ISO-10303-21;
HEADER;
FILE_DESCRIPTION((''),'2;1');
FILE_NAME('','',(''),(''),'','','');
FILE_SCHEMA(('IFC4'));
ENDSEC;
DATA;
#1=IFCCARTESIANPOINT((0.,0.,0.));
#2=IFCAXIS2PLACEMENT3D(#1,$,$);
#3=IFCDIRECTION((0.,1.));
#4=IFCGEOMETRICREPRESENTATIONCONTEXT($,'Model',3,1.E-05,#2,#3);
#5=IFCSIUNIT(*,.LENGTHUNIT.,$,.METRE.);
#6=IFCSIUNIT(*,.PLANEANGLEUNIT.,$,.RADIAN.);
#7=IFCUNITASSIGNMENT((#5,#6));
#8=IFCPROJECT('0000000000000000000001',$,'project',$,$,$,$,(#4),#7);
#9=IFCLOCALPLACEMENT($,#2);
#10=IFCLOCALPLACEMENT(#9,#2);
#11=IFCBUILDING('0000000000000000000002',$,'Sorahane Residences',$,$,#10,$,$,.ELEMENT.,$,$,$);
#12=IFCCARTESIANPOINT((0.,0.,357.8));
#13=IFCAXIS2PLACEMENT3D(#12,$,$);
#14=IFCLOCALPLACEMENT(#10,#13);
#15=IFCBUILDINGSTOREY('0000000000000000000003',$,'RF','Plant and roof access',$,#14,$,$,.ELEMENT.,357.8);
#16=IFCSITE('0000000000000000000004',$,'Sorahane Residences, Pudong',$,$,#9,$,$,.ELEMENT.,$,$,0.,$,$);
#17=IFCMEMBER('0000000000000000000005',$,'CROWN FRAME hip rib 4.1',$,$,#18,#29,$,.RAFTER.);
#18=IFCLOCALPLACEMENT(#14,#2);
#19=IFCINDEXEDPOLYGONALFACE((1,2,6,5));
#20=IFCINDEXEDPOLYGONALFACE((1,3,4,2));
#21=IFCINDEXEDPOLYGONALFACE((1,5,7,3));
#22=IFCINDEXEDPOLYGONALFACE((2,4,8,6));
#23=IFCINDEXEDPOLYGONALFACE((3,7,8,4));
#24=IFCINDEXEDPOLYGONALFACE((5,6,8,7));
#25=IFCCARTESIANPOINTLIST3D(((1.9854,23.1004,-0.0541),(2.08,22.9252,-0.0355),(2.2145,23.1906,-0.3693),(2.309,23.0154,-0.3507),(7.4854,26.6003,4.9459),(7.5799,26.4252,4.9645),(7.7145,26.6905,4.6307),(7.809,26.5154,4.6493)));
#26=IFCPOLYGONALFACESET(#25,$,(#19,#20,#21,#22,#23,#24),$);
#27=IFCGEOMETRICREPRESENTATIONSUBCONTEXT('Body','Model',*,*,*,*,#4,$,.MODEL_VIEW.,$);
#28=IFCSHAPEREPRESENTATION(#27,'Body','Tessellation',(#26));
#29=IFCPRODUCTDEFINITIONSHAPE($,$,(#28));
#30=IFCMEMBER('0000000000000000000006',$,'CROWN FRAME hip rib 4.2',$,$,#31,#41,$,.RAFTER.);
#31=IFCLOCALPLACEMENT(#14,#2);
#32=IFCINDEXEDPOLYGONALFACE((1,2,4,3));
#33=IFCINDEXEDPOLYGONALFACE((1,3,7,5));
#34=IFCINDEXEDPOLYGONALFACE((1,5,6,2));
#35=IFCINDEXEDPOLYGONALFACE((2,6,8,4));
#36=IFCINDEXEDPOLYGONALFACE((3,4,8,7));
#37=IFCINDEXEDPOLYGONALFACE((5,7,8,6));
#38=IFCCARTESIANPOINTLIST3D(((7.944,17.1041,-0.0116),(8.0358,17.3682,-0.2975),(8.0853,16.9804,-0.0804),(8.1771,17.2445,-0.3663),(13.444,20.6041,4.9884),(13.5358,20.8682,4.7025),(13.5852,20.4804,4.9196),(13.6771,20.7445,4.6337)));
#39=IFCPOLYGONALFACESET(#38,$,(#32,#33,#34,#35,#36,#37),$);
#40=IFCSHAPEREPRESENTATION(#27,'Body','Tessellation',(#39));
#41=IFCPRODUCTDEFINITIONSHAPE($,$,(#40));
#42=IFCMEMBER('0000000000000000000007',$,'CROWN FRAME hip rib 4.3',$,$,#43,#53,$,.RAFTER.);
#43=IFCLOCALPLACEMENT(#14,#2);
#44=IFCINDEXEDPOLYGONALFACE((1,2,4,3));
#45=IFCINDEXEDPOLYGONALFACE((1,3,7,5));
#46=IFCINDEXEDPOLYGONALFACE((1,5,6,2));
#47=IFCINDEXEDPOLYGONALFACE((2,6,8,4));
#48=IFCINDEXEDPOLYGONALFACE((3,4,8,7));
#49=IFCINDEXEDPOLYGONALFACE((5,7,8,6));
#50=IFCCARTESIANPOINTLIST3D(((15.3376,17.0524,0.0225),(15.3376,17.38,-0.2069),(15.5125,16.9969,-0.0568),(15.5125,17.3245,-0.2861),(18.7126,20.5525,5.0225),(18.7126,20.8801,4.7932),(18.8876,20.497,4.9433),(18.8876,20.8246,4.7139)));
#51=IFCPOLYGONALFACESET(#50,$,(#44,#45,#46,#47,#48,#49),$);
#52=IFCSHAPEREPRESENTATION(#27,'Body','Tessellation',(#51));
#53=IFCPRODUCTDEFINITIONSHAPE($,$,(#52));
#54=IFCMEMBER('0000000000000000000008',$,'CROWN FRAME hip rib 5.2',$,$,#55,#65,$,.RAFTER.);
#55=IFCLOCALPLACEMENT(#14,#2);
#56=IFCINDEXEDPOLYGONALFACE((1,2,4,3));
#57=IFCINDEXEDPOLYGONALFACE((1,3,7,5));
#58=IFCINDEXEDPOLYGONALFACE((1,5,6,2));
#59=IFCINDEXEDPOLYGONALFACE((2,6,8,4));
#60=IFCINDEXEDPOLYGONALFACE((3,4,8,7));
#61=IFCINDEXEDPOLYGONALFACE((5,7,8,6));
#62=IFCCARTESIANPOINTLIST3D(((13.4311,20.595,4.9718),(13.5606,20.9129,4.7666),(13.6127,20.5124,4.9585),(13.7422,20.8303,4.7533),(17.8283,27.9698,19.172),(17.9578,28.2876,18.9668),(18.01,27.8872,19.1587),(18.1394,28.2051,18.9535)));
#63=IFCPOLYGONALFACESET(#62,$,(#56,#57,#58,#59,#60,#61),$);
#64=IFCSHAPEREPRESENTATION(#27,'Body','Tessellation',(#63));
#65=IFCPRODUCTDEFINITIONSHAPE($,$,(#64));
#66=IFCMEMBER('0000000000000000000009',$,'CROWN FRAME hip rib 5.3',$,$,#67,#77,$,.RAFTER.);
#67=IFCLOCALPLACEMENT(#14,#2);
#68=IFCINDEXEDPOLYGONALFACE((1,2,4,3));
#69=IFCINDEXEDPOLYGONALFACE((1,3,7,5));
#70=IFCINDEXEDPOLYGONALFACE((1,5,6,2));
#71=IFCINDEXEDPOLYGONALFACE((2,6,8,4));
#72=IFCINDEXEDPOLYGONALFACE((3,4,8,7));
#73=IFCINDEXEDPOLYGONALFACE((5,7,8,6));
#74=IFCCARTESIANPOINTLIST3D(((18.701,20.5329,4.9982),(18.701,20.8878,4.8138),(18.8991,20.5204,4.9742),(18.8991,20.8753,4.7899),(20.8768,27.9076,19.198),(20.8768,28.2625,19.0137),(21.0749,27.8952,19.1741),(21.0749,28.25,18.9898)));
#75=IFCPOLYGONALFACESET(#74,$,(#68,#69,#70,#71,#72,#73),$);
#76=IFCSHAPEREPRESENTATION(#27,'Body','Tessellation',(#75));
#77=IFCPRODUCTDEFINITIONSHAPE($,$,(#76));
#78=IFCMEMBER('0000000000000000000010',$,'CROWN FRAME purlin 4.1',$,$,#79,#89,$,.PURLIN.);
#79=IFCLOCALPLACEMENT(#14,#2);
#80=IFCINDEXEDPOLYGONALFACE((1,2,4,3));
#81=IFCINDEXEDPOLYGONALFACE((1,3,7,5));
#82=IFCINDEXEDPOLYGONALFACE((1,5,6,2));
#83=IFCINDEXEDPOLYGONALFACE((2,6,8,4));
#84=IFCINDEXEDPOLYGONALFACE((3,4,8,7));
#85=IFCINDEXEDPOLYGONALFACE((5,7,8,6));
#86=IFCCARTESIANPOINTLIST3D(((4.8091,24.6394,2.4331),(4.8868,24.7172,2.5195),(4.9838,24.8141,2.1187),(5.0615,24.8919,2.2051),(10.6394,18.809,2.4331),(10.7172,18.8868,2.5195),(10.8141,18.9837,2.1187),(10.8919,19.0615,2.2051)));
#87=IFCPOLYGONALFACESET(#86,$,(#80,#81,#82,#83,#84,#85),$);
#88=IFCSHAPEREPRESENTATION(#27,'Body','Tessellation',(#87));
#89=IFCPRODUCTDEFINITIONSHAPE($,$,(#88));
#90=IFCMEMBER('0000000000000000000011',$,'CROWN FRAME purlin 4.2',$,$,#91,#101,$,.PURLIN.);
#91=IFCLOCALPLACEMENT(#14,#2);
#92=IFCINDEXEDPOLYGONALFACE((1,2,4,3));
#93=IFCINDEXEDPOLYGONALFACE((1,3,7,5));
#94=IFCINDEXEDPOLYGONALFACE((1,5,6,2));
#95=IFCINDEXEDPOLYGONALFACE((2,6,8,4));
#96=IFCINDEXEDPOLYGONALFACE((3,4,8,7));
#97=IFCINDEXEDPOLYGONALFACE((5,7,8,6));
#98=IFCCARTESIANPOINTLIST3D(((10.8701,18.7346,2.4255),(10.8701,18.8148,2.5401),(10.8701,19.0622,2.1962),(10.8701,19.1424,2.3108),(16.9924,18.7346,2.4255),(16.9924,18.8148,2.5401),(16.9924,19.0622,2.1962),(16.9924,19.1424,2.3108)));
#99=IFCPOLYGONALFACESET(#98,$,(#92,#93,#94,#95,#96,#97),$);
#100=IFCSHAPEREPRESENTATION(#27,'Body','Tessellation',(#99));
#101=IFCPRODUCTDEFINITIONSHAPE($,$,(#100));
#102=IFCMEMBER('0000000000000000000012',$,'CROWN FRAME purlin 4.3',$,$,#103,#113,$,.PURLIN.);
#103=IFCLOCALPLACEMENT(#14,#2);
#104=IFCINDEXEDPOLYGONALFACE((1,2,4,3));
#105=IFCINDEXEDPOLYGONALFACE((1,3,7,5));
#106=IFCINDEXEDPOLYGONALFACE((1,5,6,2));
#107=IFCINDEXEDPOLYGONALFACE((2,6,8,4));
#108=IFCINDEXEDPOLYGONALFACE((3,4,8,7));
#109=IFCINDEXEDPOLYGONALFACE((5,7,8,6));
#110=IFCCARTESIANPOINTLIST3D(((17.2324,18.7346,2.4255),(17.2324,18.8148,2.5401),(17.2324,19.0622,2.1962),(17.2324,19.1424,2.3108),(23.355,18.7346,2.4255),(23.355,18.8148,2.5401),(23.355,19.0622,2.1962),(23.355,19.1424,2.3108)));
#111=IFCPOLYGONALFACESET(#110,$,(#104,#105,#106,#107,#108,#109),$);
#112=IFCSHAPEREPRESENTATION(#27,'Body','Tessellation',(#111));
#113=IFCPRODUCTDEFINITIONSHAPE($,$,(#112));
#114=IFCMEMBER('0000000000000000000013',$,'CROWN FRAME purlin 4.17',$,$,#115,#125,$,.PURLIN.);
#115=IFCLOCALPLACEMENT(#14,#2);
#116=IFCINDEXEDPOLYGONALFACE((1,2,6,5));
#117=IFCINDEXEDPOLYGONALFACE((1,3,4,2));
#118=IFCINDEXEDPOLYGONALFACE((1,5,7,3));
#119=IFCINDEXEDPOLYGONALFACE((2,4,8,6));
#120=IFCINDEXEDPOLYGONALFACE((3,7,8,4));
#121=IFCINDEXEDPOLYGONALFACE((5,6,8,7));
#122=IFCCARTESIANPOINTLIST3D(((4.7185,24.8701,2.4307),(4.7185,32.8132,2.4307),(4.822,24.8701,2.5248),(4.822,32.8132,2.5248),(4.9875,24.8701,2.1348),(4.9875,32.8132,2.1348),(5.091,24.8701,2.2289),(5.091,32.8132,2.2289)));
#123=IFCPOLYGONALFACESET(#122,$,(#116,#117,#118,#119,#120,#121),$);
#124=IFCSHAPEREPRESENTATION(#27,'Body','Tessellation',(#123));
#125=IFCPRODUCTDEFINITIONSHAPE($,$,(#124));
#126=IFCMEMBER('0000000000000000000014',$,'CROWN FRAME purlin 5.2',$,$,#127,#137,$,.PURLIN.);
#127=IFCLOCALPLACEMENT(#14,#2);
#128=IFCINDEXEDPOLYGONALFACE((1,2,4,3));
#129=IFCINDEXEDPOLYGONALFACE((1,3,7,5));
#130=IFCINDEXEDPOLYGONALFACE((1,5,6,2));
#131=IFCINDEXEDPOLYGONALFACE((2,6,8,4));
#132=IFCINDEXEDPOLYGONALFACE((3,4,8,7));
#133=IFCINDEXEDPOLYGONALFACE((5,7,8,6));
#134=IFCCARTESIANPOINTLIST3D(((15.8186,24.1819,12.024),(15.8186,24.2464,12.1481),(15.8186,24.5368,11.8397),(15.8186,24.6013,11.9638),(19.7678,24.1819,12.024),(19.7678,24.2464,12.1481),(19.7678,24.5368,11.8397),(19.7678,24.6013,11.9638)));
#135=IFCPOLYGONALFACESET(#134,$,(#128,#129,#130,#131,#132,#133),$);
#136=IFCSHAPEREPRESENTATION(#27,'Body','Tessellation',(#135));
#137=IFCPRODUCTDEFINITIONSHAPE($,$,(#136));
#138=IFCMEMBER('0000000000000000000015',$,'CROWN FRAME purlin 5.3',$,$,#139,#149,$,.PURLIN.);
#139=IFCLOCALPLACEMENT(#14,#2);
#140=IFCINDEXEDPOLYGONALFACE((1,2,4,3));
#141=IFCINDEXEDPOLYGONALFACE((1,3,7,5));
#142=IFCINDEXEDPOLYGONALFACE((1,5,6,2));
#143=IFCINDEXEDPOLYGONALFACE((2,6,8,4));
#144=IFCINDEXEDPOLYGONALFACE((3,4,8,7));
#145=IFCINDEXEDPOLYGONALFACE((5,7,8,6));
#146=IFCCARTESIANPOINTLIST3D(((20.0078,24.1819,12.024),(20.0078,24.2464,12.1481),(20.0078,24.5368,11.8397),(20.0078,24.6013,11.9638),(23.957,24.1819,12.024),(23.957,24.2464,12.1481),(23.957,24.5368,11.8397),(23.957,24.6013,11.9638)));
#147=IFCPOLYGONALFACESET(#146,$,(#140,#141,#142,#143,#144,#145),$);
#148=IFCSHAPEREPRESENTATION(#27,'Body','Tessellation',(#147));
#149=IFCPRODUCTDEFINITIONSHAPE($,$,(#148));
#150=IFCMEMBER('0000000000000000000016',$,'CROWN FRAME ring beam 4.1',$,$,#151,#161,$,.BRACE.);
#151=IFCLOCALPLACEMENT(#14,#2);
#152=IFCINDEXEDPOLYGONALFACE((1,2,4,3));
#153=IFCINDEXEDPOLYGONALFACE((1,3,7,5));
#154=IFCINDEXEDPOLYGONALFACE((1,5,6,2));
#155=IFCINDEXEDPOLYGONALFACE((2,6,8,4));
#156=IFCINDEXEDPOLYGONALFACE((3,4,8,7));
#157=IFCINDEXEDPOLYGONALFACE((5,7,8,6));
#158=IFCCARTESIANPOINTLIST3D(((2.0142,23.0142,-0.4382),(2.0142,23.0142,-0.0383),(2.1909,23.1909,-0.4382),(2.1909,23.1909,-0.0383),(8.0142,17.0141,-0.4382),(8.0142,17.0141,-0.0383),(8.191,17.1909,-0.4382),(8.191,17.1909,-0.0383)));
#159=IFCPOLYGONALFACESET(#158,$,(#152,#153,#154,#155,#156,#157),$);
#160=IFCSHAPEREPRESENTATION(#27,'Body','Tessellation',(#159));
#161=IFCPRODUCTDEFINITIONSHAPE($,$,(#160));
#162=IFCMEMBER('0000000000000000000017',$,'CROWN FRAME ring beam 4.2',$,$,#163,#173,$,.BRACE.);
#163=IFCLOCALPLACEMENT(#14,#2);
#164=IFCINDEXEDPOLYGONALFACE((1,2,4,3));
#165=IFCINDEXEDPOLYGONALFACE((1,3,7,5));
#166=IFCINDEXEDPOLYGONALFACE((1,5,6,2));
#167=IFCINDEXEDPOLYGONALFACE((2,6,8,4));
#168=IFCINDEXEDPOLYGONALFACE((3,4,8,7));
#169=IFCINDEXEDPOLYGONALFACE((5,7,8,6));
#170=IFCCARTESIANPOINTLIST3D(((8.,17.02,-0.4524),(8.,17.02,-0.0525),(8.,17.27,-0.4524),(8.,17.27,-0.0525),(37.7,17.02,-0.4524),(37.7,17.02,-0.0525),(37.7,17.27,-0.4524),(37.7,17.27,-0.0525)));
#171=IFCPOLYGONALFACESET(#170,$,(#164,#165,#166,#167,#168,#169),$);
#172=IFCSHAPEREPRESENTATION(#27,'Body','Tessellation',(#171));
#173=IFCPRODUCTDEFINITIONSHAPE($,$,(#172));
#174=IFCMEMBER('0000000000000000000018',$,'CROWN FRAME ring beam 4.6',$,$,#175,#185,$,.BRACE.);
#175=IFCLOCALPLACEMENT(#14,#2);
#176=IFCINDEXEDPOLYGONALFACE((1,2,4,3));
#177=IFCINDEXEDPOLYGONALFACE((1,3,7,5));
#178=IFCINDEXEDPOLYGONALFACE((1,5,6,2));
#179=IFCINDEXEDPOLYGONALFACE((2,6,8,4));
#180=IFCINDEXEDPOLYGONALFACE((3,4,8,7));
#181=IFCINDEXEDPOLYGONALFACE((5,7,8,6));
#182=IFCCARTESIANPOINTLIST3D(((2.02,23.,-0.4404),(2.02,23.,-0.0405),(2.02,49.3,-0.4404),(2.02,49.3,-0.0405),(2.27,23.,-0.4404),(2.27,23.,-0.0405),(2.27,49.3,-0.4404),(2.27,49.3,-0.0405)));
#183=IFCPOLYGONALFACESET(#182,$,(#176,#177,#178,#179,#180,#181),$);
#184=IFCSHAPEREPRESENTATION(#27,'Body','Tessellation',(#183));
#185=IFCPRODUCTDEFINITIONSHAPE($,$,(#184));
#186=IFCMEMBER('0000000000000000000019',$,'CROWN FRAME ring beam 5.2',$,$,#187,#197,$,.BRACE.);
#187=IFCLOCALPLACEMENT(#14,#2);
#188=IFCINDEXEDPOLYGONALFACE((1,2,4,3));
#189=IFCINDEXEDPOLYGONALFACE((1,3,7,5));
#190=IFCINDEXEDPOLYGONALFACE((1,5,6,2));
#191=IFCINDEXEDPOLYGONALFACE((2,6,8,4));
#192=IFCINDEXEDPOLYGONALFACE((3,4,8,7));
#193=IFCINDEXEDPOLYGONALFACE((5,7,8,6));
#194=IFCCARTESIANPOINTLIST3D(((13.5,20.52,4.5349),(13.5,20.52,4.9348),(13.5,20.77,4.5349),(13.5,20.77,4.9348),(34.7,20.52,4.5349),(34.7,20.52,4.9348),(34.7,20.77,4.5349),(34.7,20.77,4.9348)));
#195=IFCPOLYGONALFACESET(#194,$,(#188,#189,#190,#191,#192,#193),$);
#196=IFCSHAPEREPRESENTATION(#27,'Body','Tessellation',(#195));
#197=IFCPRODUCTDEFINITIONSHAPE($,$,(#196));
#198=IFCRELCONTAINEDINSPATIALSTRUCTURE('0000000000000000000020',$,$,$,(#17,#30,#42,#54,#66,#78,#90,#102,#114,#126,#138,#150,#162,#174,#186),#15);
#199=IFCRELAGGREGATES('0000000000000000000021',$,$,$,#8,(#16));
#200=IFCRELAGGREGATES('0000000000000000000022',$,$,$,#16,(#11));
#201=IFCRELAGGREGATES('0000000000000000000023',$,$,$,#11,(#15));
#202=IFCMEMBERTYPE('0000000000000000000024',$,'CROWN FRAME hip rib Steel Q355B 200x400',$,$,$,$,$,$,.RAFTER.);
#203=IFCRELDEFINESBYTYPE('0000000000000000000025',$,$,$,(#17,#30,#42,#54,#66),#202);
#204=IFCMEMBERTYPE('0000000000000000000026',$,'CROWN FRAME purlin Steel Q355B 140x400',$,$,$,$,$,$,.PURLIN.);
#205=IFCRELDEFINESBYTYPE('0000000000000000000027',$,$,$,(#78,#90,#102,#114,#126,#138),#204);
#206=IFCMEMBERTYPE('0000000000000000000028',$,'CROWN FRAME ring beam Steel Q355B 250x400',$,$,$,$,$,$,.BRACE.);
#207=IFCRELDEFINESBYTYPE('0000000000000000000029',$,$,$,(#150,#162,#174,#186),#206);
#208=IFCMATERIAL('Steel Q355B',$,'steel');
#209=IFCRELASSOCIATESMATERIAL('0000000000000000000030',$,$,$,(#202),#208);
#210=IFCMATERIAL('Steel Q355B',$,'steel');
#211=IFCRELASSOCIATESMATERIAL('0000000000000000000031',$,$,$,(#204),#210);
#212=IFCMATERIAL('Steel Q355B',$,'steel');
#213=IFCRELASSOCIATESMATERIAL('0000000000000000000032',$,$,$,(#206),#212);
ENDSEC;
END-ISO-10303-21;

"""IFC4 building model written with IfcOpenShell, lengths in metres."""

from ifc_helpers import new_model, si_unit, direction, frame, origin, origin_2d, place, context, subcontext, project, spatial, rectangle, extrude, material, material_profile, profile_set, type_object, element, save


model = new_model("IFC4")

# Units and contexts
model_context = context("Model", 3, precision=1e-05, world=origin(), true_north=direction((0.0, 1.0)))
body_context = subcontext(model_context, "Body", "Model", "MODEL_VIEW")
ifc_project = project(units=[si_unit("LENGTHUNIT", "METRE"), si_unit("PLANEANGLEUNIT", "RADIAN")], contexts=[model_context])

# Site, building, storey
site_placement = place(None, origin())
site = spatial("IfcSite", under=ifc_project, at=site_placement, Name="Sorahane Residences, Pudong", CompositionType="ELEMENT", RefElevation=0.0)
building_placement = place(site_placement, origin())
building = spatial("IfcBuilding", under=site, at=building_placement, Name="Sorahane Residences", CompositionType="ELEMENT")
storey_placement = place(building_placement, frame((0.0, 0.0, 357.8)))
storey = spatial("IfcBuildingStorey", under=building, at=storey_placement, Name="RF", Description="Plant and roof access", CompositionType="ELEMENT", Elevation=357.8)

# Members
ifc_material_1 = material(Name="Steel Q355B", Category="steel")
ifc_material_profile_1 = material_profile(ifc_material_1, rectangle(XDim=0.2, YDim=0.3999, at=origin_2d()), Name="CROWN FRAME hip rib Steel Q355B 200x400")
ifc_profile_set_1 = profile_set([ifc_material_profile_1], Name="Steel Q355B")
member_type_1 = type_object("IfcMemberType", Name="CROWN FRAME hip rib Steel Q355B 200x400", PredefinedType="RAFTER", material=ifc_profile_set_1)
for number, where, z_axis, x_axis, name in (
    (1, (2.1472, 23.0579, -0.2024), (0.669439, 0.426006, 0.608581), (-0.472964, 0.876155, -0.093048), "CROWN FRAME hip rib 4.1"),
    (2, (8.0605, 17.1743, -0.189), (0.669439, 0.426006, 0.608581), (-0.70647, 0.618378, 0.344252), "CROWN FRAME hip rib 4.2"),
):
    element("IfcMember", number, at=place(storey_placement, frame(where, z_axis=z_axis, x_axis=x_axis)), inside=storey, type_object=member_type_1, Name=name, PredefinedType="RAFTER", context=body_context, shape_type="SweptSolid", body=[
        extrude(rectangle(XDim=0.2, YDim=0.3999, at=origin_2d()), origin(), (0.0, 0.0, 1.0), 8.2158),
    ])
member_1_placement = place(storey_placement, frame((15.425, 17.1885, -0.1318), z_axis=(0.483921, 0.501844, 0.71692), x_axis=(-0.875112, 0.27751, 0.396443)))
element("IfcMember", 3, at=member_1_placement, inside=storey, type_object=member_type_1, Name="CROWN FRAME hip rib 4.3", PredefinedType="RAFTER", context=body_context, shape_type="SweptSolid", body=[
    extrude(rectangle(XDim=0.2, YDim=0.3999, at=origin_2d()), origin(), (0.0, 0.0, 1.0), 6.9744),
])
member_2_placement = place(storey_placement, frame((13.5867, 20.7126, 4.8625), z_axis=(0.264985, 0.444417, 0.855731), x_axis=(-0.908259, 0.413053, 0.066735)))
element("IfcMember", 4, at=member_2_placement, inside=storey, type_object=member_type_1, Name="CROWN FRAME hip rib 5.2", PredefinedType="RAFTER", context=body_context, shape_type="SweptSolid", body=[
    extrude(rectangle(XDim=0.2, YDim=0.3999, at=origin_2d()), origin(), (0.0, 0.0, 1.0), 16.5942),
])
member_3_placement = place(storey_placement, frame((18.8, 20.7041, 4.894), z_axis=(0.13474, 0.456696, 0.87936), x_axis=(-0.990881, 0.062101, 0.119575)))
element("IfcMember", 5, at=member_3_placement, inside=storey, type_object=member_type_1, Name="CROWN FRAME hip rib 5.3", PredefinedType="RAFTER", context=body_context, shape_type="SweptSolid", body=[
    extrude(rectangle(XDim=0.2, YDim=0.3999, at=origin_2d()), origin(), (0.0, 0.0, 1.0), 16.1479),
])
ifc_material_2 = material(Name="Steel Q355B", Category="steel")
ifc_material_profile_2 = material_profile(ifc_material_2, rectangle(XDim=0.1399, YDim=0.3999, at=origin_2d()), Name="CROWN FRAME purlin Steel Q355B 140x400")
ifc_profile_set_2 = profile_set([ifc_material_profile_2], Name="Steel Q355B")
member_type_2 = type_object("IfcMemberType", Name="CROWN FRAME purlin Steel Q355B 140x400", PredefinedType="PURLIN", material=ifc_profile_set_2)
member_4_placement = place(storey_placement, frame((4.9353, 24.7656, 2.3191), z_axis=(0.707107, -0.707107, 0.0), x_axis=(0.556022, 0.556022, 0.617802)))
element("IfcMember", 6, at=member_4_placement, inside=storey, type_object=member_type_2, Name="CROWN FRAME purlin 4.1", PredefinedType="PURLIN", context=body_context, shape_type="SweptSolid", body=[
    extrude(rectangle(XDim=0.1399, YDim=0.3999, at=origin_2d()), origin(), (0.0, 0.0, 1.0), 8.2454),
])
member_5_placement = place(storey_placement, frame((10.8701, 18.9385, 2.3682), z_axis=(1.0, 0.0, 0.0), x_axis=(0.0, 0.573462, 0.819232)))
element("IfcMember", 7, at=member_5_placement, inside=storey, type_object=member_type_2, Name="CROWN FRAME purlin 4.2", PredefinedType="PURLIN", context=body_context, shape_type="SweptSolid", body=[
    extrude(rectangle(XDim=0.1399, YDim=0.3999, at=origin_2d()), origin(), (0.0, 0.0, 1.0), 6.1223),
])
member_6_placement = place(storey_placement, frame((17.2324, 18.9385, 2.3682), z_axis=(1.0, 0.0, 0.0), x_axis=(0.0, 0.573462, 0.819232)))
element("IfcMember", 8, at=member_6_placement, inside=storey, type_object=member_type_2, Name="CROWN FRAME purlin 4.3", PredefinedType="PURLIN", context=body_context, shape_type="SweptSolid", body=[
    extrude(rectangle(XDim=0.1399, YDim=0.3999, at=origin_2d()), origin(), (0.0, 0.0, 1.0), 6.1226),
])
member_7_placement = place(storey_placement, frame((4.9048, 24.8701, 2.3298), z_axis=(0.0, 1.0, 0.0), x_axis=(-0.73994, 0.0, -0.672673)))
element("IfcMember", 9, at=member_7_placement, inside=storey, type_object=member_type_2, Name="CROWN FRAME purlin 4.17", PredefinedType="PURLIN", context=body_context, shape_type="SweptSolid", body=[
    extrude(rectangle(XDim=0.1399, YDim=0.3999, at=origin_2d()), origin(), (0.0, 0.0, 1.0), 7.9431),
])
for number, where, z_axis, x_axis, name in (
    (10, (15.8186, 24.3916, 11.9939), (1.0, 0.0, 0.0), (0.0, 0.4609, 0.887452), "CROWN FRAME purlin 5.2"),
    (11, (20.0078, 24.3916, 11.9939), (1.0, 0.0, 0.0), (0.0, 0.4609, 0.887452), "CROWN FRAME purlin 5.3"),
):
    element("IfcMember", number, at=place(storey_placement, frame(where, z_axis=z_axis, x_axis=x_axis)), inside=storey, type_object=member_type_2, Name=name, PredefinedType="PURLIN", context=body_context, shape_type="SweptSolid", body=[
        extrude(rectangle(XDim=0.1399, YDim=0.3999, at=origin_2d()), origin(), (0.0, 0.0, 1.0), 3.9492),
    ])
ifc_material_3 = material(Name="Steel Q355B", Category="steel")
ifc_material_profile_3 = material_profile(ifc_material_3, rectangle(XDim=0.25, YDim=0.3999, at=origin_2d()), Name="CROWN FRAME ring beam Steel Q355B 250x400")
ifc_profile_set_3 = profile_set([ifc_material_profile_3], Name="Steel Q355B")
member_type_3 = type_object("IfcMemberType", Name="CROWN FRAME ring beam Steel Q355B 250x400", PredefinedType="BRACE", material=ifc_profile_set_3)
member_8_placement = place(storey_placement, frame((2.1025, 23.1025, -0.2383), z_axis=(0.707107, -0.707107, 0.0), x_axis=(0.707107, 0.707107, 0.0)))
element("IfcMember", 12, at=member_8_placement, inside=storey, type_object=member_type_3, Name="CROWN FRAME ring beam 4.1", PredefinedType="BRACE", context=body_context, shape_type="SweptSolid", body=[
    extrude(rectangle(XDim=0.25, YDim=0.3999, at=origin_2d()), origin(), (0.0, 0.0, 1.0), 8.4854),
])
member_9_placement = place(storey_placement, frame((8.0, 17.145, -0.2524), z_axis=(1.0, 0.0, 0.0), x_axis=(0.0, 1.0, 0.0)))
element("IfcMember", 13, at=member_9_placement, inside=storey, type_object=member_type_3, Name="CROWN FRAME ring beam 4.2", PredefinedType="BRACE", context=body_context, shape_type="SweptSolid", body=[
    extrude(rectangle(XDim=0.25, YDim=0.3999, at=origin_2d()), origin(), (0.0, 0.0, 1.0), 29.7),
])
member_10_placement = place(storey_placement, frame((2.145, 23.0, -0.2405), z_axis=(0.0, 1.0, 0.0), x_axis=(-1.0, 0.0, 0.0)))
element("IfcMember", 14, at=member_10_placement, inside=storey, type_object=member_type_3, Name="CROWN FRAME ring beam 4.6", PredefinedType="BRACE", context=body_context, shape_type="SweptSolid", body=[
    extrude(rectangle(XDim=0.25, YDim=0.3999, at=origin_2d()), origin(), (0.0, 0.0, 1.0), 26.3),
])
member_11_placement = place(storey_placement, frame((13.5, 20.645, 4.7349), z_axis=(1.0, 0.0, 0.0), x_axis=(0.0, 1.0, 0.0)))
element("IfcMember", 15, at=member_11_placement, inside=storey, type_object=member_type_3, Name="CROWN FRAME ring beam 5.2", PredefinedType="BRACE", context=body_context, shape_type="SweptSolid", body=[
    extrude(rectangle(XDim=0.25, YDim=0.3999, at=origin_2d()), origin(), (0.0, 0.0, 1.0), 21.2),
])

save(model, "model.ifc")
